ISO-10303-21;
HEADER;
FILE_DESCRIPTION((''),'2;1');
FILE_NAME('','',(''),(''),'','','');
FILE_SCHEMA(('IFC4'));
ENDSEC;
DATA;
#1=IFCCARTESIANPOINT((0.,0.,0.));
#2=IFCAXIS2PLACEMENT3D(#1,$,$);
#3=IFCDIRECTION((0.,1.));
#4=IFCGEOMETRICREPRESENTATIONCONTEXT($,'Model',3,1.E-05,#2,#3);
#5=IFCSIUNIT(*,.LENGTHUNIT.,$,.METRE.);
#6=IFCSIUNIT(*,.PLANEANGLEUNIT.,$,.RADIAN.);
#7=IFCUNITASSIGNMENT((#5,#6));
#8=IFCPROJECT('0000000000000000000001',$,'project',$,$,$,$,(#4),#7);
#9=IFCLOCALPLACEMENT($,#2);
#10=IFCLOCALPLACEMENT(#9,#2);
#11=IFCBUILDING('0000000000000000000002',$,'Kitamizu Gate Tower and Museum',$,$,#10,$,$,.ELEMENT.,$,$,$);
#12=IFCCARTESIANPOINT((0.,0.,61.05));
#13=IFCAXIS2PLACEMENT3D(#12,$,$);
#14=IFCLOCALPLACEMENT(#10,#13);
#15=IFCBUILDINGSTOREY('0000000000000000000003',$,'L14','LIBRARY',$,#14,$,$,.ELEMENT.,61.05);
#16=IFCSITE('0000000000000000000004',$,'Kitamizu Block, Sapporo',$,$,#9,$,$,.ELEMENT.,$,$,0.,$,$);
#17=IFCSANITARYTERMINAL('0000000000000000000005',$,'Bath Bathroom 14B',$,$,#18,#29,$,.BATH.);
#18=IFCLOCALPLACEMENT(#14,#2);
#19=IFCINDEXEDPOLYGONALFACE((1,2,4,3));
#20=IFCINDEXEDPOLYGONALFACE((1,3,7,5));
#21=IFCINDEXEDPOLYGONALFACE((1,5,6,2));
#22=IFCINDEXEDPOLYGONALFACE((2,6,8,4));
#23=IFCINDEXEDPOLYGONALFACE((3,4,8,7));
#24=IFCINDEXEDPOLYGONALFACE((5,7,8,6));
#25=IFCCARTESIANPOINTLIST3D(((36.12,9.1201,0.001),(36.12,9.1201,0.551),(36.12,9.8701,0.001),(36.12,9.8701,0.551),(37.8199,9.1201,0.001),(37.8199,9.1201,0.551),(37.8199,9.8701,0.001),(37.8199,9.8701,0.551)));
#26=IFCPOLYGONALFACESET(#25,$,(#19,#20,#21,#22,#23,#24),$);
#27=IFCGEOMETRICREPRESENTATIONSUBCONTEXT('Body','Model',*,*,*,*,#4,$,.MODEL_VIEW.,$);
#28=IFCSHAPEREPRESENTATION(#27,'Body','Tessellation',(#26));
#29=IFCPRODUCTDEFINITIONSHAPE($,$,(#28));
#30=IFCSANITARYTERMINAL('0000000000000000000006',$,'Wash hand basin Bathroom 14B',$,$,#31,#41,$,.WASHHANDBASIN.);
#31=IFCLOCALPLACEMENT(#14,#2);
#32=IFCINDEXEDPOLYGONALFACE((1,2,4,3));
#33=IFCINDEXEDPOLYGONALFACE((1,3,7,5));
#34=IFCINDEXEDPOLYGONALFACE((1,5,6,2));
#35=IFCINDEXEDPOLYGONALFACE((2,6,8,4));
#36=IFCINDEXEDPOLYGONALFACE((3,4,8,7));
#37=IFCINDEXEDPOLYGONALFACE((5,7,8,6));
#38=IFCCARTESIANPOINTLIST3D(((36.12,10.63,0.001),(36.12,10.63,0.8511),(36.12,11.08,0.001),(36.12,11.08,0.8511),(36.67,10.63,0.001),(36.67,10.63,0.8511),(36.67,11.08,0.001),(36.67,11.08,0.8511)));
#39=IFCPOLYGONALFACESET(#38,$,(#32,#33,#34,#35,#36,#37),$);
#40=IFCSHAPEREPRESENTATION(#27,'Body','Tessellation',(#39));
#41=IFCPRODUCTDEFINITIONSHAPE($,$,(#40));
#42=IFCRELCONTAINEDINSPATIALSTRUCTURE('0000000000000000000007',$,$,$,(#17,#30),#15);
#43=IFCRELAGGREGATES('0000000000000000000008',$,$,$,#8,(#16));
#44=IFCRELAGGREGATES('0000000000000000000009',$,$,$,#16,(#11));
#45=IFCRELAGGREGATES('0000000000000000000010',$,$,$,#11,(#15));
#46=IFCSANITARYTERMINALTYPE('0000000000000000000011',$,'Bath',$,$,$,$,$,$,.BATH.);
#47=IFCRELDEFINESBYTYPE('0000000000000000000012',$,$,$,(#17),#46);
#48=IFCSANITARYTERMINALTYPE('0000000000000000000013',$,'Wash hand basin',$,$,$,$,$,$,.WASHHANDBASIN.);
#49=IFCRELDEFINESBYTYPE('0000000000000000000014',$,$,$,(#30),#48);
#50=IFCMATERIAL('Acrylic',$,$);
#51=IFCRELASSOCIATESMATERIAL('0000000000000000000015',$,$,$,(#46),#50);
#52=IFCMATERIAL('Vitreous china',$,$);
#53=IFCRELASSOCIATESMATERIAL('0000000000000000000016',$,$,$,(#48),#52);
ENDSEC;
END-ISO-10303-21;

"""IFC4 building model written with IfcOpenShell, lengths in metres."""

from ifc_helpers import new_model, si_unit, direction, frame, origin, origin_2d, place, context, subcontext, project, spatial, rectangle, extrude, material, type_object, element, save


model = new_model("IFC4")

# Units and contexts
model_context = context("Model", 3, precision=1e-05, world=origin(), true_north=direction((0.0, 1.0)))
body_context = subcontext(model_context, "Body", "Model", "MODEL_VIEW")
ifc_project = project(units=[si_unit("LENGTHUNIT", "METRE"), si_unit("PLANEANGLEUNIT", "RADIAN")], contexts=[model_context])

# Site, building, storey
site_placement = place(None, origin())
site = spatial("IfcSite", under=ifc_project, at=site_placement, Name="Kitamizu Block, Sapporo", CompositionType="ELEMENT", RefElevation=0.0)
building_placement = place(site_placement, origin())
building = spatial("IfcBuilding", under=site, at=building_placement, Name="Kitamizu Gate Tower and Museum", CompositionType="ELEMENT")
storey_placement = place(building_placement, frame((0.0, 0.0, 61.05)))
storey = spatial("IfcBuildingStorey", under=building, at=storey_placement, Name="L14", Description="LIBRARY", CompositionType="ELEMENT", Elevation=61.05)

# Sanitary terminals
ifc_material_1 = material(Name="Acrylic")
sanitary_terminal_type_1 = type_object("IfcSanitaryTerminalType", Name="Bath", PredefinedType="BATH", material=ifc_material_1)
sanitary_terminal_1_placement = place(storey_placement, frame((36.97, 9.4951, 0.001), z_axis=(0.0, 0.0, 1.0), x_axis=(1.0, 0.0, 0.0)))
element("IfcSanitaryTerminal", 1, at=sanitary_terminal_1_placement, inside=storey, type_object=sanitary_terminal_type_1, Name="Bath Bathroom 14B", PredefinedType="BATH", context=body_context, shape_type="SweptSolid", body=[
    extrude(rectangle(XDim=1.7, YDim=0.75, at=origin_2d()), origin(), (0.0, 0.0, 1.0), 0.55),
])
ifc_material_2 = material(Name="Vitreous china")
sanitary_terminal_type_2 = type_object("IfcSanitaryTerminalType", Name="Wash hand basin", PredefinedType="WASHHANDBASIN", material=ifc_material_2)
sanitary_terminal_2_placement = place(storey_placement, frame((36.395, 10.855, 0.001), z_axis=(0.0, 0.0, 1.0), x_axis=(1.0, 0.0, 0.0)))
element("IfcSanitaryTerminal", 2, at=sanitary_terminal_2_placement, inside=storey, type_object=sanitary_terminal_type_2, Name="Wash hand basin Bathroom 14B", PredefinedType="WASHHANDBASIN", context=body_context, shape_type="SweptSolid", body=[
    extrude(rectangle(XDim=0.55, YDim=0.45, at=origin_2d()), origin(), (0.0, 0.0, 1.0), 0.8501),
])

save(model, "model.ifc")
